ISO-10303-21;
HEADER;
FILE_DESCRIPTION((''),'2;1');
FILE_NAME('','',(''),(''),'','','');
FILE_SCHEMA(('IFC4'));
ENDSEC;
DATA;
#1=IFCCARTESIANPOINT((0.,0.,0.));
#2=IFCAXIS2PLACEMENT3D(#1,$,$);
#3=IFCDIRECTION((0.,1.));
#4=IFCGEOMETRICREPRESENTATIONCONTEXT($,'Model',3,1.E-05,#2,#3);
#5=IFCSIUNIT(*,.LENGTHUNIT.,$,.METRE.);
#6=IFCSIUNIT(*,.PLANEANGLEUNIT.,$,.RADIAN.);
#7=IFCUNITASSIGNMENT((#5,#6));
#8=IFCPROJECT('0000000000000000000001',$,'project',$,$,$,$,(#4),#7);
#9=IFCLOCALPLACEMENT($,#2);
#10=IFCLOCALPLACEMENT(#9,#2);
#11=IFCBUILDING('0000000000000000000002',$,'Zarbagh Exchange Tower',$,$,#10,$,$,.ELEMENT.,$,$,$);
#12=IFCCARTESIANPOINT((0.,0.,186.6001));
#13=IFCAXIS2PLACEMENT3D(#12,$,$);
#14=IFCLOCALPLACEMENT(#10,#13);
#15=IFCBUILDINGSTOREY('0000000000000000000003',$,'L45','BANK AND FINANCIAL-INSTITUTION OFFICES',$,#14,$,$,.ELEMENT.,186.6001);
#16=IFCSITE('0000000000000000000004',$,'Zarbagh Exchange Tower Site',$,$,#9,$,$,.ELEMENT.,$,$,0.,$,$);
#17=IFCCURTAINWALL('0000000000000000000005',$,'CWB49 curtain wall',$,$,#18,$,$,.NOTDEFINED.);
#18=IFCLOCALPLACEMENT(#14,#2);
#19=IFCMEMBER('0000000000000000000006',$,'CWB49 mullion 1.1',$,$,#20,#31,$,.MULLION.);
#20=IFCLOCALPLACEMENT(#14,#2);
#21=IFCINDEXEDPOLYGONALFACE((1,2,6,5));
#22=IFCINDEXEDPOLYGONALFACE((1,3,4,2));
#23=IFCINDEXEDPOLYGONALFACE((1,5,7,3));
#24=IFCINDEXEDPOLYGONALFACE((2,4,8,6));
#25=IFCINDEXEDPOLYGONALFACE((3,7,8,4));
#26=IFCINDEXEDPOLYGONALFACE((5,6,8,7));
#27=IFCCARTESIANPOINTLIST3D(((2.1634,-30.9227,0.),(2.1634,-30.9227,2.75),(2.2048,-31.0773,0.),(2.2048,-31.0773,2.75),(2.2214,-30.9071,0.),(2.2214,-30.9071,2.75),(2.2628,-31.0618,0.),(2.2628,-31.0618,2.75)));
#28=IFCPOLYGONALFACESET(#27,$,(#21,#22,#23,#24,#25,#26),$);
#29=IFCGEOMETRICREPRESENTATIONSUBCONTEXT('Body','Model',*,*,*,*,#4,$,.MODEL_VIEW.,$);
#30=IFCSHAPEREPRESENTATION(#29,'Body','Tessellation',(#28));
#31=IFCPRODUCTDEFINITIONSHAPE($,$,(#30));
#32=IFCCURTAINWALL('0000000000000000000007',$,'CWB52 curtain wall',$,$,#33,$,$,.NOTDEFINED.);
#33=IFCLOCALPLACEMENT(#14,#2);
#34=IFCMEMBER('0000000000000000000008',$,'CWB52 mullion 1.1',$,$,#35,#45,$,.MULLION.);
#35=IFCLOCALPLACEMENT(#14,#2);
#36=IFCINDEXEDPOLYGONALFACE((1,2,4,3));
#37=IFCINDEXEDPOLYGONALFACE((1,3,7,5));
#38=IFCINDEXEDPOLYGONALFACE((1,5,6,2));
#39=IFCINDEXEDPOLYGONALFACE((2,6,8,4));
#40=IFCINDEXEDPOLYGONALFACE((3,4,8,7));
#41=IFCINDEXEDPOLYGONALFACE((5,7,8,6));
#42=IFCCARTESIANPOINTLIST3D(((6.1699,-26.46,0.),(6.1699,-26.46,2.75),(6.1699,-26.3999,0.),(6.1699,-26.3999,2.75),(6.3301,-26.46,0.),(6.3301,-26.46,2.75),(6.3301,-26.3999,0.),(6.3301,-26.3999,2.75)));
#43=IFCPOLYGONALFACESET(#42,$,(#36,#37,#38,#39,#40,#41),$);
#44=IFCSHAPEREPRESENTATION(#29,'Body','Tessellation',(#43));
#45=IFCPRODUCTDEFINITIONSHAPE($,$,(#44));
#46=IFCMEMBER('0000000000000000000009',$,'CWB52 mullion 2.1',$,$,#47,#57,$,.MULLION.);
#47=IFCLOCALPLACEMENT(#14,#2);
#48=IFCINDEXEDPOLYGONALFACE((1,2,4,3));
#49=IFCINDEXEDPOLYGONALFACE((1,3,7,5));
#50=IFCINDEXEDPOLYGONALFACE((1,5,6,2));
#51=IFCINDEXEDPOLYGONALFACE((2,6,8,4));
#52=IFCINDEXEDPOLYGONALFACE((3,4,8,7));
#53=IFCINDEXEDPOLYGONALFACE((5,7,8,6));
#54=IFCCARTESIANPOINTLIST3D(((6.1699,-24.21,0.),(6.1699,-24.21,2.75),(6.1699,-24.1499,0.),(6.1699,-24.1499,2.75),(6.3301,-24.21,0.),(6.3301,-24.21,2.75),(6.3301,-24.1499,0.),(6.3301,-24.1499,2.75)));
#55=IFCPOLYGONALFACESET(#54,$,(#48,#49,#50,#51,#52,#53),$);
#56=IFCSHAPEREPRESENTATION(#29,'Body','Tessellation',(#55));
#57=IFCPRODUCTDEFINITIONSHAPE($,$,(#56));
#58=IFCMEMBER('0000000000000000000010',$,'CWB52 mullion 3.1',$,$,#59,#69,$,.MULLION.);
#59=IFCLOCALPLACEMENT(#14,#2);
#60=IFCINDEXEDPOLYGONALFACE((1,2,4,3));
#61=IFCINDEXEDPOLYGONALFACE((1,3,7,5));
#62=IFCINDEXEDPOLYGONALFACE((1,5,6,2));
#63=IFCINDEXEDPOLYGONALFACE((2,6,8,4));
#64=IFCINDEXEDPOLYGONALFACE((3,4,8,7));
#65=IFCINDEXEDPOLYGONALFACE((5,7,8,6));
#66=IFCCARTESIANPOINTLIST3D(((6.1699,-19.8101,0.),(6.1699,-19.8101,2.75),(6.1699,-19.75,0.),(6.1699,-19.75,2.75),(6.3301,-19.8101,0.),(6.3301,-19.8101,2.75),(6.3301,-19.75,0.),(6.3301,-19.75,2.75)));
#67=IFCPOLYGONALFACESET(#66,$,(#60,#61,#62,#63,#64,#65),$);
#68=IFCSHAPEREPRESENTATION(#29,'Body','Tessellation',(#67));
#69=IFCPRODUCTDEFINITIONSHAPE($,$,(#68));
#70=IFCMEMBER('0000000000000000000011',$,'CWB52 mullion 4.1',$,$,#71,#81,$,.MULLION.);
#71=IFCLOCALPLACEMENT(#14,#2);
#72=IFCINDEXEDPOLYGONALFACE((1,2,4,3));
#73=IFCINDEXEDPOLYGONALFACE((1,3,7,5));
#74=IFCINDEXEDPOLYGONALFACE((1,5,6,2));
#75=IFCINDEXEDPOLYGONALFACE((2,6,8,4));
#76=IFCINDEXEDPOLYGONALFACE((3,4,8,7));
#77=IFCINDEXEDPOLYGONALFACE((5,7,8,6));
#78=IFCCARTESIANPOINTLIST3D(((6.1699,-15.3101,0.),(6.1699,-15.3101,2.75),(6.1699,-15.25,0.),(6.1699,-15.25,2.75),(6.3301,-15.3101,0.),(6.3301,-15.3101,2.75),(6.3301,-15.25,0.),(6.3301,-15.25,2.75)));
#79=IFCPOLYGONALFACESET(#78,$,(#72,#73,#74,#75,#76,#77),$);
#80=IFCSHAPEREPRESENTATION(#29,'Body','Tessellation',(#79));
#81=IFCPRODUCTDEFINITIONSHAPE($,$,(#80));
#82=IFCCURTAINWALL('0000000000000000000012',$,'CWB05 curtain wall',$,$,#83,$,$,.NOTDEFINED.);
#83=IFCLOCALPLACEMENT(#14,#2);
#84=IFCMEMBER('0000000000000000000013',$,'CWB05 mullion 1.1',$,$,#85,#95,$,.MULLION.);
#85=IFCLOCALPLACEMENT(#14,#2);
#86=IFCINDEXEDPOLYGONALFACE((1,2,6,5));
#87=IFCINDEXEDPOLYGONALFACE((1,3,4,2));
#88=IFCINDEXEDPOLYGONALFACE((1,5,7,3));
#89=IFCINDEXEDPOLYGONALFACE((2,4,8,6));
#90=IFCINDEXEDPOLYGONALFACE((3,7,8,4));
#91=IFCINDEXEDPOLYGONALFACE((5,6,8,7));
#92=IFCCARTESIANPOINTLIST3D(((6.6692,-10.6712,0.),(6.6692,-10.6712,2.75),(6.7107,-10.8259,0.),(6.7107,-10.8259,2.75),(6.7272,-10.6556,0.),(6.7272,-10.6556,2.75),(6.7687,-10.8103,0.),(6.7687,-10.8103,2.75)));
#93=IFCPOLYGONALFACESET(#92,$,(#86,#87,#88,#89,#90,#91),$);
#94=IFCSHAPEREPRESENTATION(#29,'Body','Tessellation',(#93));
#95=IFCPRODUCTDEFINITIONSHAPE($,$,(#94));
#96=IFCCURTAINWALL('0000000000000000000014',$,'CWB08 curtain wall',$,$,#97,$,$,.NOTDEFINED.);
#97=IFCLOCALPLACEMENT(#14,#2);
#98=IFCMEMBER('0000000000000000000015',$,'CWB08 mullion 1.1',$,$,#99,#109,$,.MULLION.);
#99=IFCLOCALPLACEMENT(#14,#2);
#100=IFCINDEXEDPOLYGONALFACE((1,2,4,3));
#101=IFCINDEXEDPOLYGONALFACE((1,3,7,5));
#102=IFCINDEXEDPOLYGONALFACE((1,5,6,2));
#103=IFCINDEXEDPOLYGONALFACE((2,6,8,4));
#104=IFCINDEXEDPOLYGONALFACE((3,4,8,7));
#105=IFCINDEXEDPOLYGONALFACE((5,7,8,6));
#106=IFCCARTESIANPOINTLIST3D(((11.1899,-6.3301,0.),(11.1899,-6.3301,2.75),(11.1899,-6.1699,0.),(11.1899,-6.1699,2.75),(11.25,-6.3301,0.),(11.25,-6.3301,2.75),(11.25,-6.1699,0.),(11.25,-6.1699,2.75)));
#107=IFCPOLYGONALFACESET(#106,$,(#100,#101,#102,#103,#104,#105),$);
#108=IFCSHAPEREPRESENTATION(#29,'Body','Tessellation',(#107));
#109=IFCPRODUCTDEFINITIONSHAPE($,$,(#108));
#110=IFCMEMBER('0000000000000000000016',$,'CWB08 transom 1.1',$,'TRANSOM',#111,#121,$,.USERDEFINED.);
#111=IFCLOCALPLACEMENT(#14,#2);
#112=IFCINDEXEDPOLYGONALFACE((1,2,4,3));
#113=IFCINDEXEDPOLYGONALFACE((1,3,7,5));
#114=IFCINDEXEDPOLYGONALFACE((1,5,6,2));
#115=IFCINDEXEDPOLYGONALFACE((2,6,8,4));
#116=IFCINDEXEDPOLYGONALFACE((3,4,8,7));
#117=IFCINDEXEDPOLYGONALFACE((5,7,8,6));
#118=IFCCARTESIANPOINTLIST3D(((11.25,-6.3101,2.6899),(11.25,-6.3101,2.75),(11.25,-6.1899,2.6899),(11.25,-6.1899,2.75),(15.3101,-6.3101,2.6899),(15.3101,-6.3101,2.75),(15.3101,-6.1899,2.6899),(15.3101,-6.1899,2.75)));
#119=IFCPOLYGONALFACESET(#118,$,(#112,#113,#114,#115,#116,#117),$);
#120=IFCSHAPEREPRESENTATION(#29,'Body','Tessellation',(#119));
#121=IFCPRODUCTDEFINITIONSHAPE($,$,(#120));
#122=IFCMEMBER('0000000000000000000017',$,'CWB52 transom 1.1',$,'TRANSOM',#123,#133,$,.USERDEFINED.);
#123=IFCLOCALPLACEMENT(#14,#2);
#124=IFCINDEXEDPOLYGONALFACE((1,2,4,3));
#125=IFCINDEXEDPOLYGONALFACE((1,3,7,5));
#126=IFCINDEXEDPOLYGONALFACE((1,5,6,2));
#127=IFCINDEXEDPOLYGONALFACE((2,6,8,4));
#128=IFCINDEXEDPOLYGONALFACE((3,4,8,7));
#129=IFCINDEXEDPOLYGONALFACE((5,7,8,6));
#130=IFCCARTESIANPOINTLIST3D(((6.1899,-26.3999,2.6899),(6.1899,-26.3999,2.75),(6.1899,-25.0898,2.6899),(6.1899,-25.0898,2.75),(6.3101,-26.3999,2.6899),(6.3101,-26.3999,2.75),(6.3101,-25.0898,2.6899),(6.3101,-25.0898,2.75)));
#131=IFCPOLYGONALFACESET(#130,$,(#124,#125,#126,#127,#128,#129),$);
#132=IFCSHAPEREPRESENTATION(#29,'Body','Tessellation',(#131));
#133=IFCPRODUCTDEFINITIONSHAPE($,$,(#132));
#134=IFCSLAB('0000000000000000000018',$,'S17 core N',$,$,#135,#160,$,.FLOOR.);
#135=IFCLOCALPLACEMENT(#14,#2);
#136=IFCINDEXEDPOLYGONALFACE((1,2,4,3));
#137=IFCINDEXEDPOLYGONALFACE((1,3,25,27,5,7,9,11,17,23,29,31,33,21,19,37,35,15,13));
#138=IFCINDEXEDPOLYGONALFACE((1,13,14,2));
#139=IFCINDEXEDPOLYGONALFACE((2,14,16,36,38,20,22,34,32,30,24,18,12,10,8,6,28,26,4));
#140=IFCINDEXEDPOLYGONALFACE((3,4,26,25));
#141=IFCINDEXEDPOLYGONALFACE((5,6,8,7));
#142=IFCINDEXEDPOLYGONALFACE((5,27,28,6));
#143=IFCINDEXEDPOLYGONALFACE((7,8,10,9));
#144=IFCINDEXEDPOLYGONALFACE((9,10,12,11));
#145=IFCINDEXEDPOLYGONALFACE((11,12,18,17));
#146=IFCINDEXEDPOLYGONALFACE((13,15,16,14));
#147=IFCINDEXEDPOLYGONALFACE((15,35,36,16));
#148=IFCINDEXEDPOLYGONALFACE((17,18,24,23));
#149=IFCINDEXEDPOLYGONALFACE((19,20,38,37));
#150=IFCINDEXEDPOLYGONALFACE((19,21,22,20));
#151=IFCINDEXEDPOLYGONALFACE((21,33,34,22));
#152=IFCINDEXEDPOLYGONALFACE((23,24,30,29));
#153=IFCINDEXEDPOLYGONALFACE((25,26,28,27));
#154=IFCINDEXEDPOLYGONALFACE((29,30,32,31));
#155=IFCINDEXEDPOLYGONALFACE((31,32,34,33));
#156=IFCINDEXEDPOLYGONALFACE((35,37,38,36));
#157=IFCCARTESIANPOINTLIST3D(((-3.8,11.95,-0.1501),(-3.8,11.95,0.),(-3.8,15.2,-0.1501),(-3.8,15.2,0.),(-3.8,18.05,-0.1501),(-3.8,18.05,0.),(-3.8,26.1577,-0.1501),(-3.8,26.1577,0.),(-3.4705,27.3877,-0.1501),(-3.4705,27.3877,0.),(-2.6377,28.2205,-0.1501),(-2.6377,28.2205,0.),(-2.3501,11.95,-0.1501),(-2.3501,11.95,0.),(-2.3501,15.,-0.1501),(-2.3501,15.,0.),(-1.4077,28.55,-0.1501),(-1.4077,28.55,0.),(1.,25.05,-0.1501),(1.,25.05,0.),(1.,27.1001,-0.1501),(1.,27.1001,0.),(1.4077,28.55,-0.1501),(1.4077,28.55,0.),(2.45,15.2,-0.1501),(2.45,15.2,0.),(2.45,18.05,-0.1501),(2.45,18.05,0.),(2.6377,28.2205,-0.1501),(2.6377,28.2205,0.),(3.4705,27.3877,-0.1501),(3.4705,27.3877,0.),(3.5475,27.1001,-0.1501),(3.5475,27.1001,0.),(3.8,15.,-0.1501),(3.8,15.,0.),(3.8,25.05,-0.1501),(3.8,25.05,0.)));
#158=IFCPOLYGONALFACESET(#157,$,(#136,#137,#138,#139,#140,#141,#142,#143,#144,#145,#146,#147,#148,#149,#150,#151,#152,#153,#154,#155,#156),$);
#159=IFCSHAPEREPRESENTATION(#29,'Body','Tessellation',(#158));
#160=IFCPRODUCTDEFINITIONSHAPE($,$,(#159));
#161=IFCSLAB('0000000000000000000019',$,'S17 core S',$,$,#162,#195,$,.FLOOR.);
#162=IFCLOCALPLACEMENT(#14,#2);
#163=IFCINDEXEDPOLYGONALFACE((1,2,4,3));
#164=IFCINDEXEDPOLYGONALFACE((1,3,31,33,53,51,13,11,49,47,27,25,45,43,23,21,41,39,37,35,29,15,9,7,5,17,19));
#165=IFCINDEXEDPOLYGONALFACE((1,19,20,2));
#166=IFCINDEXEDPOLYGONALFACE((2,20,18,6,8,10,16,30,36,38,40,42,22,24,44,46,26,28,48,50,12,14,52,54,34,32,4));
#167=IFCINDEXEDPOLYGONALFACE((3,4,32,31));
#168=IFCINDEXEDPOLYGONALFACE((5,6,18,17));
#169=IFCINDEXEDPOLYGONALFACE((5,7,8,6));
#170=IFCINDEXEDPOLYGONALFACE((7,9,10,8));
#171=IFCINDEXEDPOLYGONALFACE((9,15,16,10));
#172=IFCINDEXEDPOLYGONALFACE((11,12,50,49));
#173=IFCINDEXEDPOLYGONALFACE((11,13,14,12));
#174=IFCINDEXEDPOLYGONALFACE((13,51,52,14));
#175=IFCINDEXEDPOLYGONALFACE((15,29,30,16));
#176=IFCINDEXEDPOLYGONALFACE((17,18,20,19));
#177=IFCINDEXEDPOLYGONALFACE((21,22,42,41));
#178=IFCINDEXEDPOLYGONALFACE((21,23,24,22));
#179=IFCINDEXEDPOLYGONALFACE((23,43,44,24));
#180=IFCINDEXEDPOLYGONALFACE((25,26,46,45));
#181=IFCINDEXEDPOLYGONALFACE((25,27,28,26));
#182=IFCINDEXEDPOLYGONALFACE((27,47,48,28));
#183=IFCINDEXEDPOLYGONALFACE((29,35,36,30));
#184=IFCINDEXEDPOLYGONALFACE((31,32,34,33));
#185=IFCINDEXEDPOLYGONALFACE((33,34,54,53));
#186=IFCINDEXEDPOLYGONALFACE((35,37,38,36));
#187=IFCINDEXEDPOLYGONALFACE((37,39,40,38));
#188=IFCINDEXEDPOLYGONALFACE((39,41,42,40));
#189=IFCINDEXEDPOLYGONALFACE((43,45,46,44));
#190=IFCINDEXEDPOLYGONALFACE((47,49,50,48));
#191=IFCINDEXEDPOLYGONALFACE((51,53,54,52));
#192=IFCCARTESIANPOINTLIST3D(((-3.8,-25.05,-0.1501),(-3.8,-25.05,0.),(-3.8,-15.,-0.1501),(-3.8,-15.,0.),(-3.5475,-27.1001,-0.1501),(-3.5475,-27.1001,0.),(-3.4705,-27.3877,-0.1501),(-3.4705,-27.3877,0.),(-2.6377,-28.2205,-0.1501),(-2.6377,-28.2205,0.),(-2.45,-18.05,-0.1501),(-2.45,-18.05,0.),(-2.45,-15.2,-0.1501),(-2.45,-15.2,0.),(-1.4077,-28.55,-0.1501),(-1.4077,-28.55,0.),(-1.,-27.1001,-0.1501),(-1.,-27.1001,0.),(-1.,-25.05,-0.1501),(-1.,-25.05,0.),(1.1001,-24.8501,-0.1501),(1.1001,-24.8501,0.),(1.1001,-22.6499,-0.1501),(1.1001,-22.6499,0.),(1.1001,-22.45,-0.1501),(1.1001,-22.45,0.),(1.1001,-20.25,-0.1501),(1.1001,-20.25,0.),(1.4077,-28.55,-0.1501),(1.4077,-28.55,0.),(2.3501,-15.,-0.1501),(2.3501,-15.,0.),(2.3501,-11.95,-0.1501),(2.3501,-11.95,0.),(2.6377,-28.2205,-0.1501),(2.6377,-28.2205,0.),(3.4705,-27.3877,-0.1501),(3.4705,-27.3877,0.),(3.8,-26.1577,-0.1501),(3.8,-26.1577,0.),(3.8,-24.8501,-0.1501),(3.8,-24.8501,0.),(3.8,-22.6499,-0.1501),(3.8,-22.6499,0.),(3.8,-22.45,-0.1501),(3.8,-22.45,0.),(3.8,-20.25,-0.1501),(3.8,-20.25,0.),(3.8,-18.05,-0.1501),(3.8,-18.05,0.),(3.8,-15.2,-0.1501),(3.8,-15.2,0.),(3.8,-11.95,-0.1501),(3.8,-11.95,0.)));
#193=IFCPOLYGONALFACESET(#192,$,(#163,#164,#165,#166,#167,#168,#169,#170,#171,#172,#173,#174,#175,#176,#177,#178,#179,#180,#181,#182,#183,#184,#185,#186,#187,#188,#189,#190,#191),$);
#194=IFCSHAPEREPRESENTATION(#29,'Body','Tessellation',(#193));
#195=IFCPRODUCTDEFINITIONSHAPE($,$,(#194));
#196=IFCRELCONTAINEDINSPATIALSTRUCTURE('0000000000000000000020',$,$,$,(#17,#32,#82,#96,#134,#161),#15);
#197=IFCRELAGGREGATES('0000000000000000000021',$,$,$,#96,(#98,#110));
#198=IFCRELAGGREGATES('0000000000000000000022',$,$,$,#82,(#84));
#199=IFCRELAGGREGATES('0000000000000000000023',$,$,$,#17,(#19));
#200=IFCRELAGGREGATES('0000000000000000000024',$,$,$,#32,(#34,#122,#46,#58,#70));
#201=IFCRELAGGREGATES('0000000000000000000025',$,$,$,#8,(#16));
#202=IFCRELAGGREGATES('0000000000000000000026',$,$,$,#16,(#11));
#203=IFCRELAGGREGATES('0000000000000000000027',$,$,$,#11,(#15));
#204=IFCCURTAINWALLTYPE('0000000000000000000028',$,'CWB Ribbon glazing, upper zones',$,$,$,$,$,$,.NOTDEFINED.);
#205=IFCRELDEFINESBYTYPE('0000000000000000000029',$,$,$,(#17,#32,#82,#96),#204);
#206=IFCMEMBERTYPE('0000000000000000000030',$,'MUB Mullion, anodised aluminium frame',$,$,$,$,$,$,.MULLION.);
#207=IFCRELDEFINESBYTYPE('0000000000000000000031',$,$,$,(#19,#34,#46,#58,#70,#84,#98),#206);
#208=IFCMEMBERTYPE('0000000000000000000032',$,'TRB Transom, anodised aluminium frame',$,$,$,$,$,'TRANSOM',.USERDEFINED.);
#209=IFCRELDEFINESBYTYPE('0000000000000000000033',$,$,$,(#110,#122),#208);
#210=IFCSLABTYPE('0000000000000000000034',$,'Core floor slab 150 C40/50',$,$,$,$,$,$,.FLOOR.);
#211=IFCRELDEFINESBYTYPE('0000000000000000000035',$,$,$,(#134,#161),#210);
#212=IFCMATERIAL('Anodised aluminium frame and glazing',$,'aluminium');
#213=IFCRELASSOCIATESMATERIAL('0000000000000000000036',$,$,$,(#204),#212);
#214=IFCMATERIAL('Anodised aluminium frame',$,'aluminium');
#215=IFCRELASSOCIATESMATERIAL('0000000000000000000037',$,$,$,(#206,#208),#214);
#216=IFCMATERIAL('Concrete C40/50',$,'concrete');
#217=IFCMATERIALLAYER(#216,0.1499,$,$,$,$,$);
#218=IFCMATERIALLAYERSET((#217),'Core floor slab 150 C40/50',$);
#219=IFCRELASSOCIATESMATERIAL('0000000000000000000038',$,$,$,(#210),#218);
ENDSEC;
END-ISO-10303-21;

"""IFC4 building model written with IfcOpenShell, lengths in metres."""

from ifc_helpers import new_model, si_unit, direction, frame, origin, place, context, subcontext, project, spatial, polyline, outline, extrude, source, transform, mapped, material, layer, layer_set, type_object, element, aggregate, save


model = new_model("IFC4")

# Units and contexts
model_context = context("Model", 3, precision=1e-05, world=origin(), true_north=direction((0.0, 1.0)))
body_context = subcontext(model_context, "Body", "Model", "MODEL_VIEW")
ifc_project = project(units=[si_unit("LENGTHUNIT", "METRE"), si_unit("PLANEANGLEUNIT", "RADIAN")], contexts=[model_context])

# Site, building, storey
site_placement = place(None, origin())
site = spatial("IfcSite", under=ifc_project, at=site_placement, Name="Zarbagh Exchange Tower Site", CompositionType="ELEMENT", RefElevation=0.0)
building_placement = place(site_placement, origin())
building = spatial("IfcBuilding", under=site, at=building_placement, Name="Zarbagh Exchange Tower", CompositionType="ELEMENT")
storey_placement = place(building_placement, frame((0.0, 0.0, 186.6001)))
storey = spatial("IfcBuildingStorey", under=building, at=storey_placement, Name="L45", Description="BANK AND FINANCIAL-INSTITUTION OFFICES", CompositionType="ELEMENT", Elevation=186.6001)

# Curtain wall, member
ifc_material_1 = material(Name="Anodised aluminium frame and glazing", Category="aluminium")
curtain_wall_type = type_object("IfcCurtainWallType", Name="CWB Ribbon glazing, upper zones", PredefinedType="NOTDEFINED", material=ifc_material_1)
curtain_wall_1_placement = place(storey_placement, origin())
curtain_wall_1 = element("IfcCurtainWall", 1, at=curtain_wall_1_placement, inside=storey, type_object=curtain_wall_type, Name="CWB49 curtain wall", PredefinedType="NOTDEFINED")
ifc_material_2 = material(Name="Anodised aluminium frame", Category="aluminium")
member_type_1 = type_object("IfcMemberType", Name="MUB Mullion, anodised aluminium frame", PredefinedType="MULLION", material=ifc_material_2)
shared_shape_1 = source(origin(), body_context, "Body", "SweptSolid", [
    extrude(outline(polyline([(0.0, -0.0801), (0.0601, -0.0801), (0.0601, 0.0801), (0.0, 0.0801), (0.0, -0.0801)])), origin(), (0.0, 0.0, 1.0), 2.75),
])
placement = place(storey_placement, origin())
member_1 = element("IfcMember", 2, at=placement, type_object=member_type_1, Name="CWB49 mullion 1.1", PredefinedType="MULLION", context=body_context, shape_type="MappedRepresentation", body=[
    mapped(shared_shape_1, transform((2.1841, -31.0, 0.0), x_axis=(0.965924, 0.258825, 0.0), y_axis=(-0.258825, 0.965924, 0.0), z_axis=(0.0, 0.0, 1.0))),
])

# Curtain wall, members
curtain_wall_2_placement = place(storey_placement, origin())
curtain_wall_2 = element("IfcCurtainWall", 3, at=curtain_wall_2_placement, inside=storey, type_object=curtain_wall_type, Name="CWB52 curtain wall", PredefinedType="NOTDEFINED")
member_2 = element("IfcMember", 4, at=placement, type_object=member_type_1, Name="CWB52 mullion 1.1", PredefinedType="MULLION", context=body_context, shape_type="MappedRepresentation", body=[
    mapped(shared_shape_1, transform((6.25, -26.46, 0.0), x_axis=(0.0, 1.0, 0.0), y_axis=(-1.0, 0.0, 0.0), z_axis=(0.0, 0.0, 1.0))),
])
member_3 = element("IfcMember", 5, at=placement, type_object=member_type_1, Name="CWB52 mullion 2.1", PredefinedType="MULLION", context=body_context, shape_type="MappedRepresentation", body=[
    mapped(shared_shape_1, transform((6.25, -24.21, 0.0), x_axis=(0.0, 1.0, 0.0), y_axis=(-1.0, 0.0, 0.0), z_axis=(0.0, 0.0, 1.0))),
])
member_4 = element("IfcMember", 6, at=placement, type_object=member_type_1, Name="CWB52 mullion 3.1", PredefinedType="MULLION", context=body_context, shape_type="MappedRepresentation", body=[
    mapped(shared_shape_1, transform((6.25, -19.8101, 0.0), x_axis=(0.0, 1.0, 0.0), y_axis=(-1.0, 0.0, 0.0), z_axis=(0.0, 0.0, 1.0))),
])
member_5 = element("IfcMember", 7, at=placement, type_object=member_type_1, Name="CWB52 mullion 4.1", PredefinedType="MULLION", context=body_context, shape_type="MappedRepresentation", body=[
    mapped(shared_shape_1, transform((6.25, -15.3101, 0.0), x_axis=(0.0, 1.0, 0.0), y_axis=(-1.0, 0.0, 0.0), z_axis=(0.0, 0.0, 1.0))),
])

# Curtain wall, member
curtain_wall_3_placement = place(storey_placement, origin())
curtain_wall_3 = element("IfcCurtainWall", 8, at=curtain_wall_3_placement, inside=storey, type_object=curtain_wall_type, Name="CWB05 curtain wall", PredefinedType="NOTDEFINED")
member_6 = element("IfcMember", 9, at=placement, type_object=member_type_1, Name="CWB05 mullion 1.1", PredefinedType="MULLION", context=body_context, shape_type="MappedRepresentation", body=[
    mapped(shared_shape_1, transform((6.6899, -10.7485, 0.0), x_axis=(0.965924, 0.258825, 0.0), y_axis=(-0.258825, 0.965924, 0.0), z_axis=(0.0, 0.0, 1.0))),
])

# Curtain wall, members
curtain_wall_4_placement = place(storey_placement, origin())
curtain_wall_4 = element("IfcCurtainWall", 10, at=curtain_wall_4_placement, inside=storey, type_object=curtain_wall_type, Name="CWB08 curtain wall", PredefinedType="NOTDEFINED")
member_7 = element("IfcMember", 11, at=placement, type_object=member_type_1, Name="CWB08 mullion 1.1", PredefinedType="MULLION", context=body_context, shape_type="MappedRepresentation", body=[
    mapped(shared_shape_1, transform((11.1899, -6.25, 0.0), x_axis=(1.0, 0.0, 0.0), y_axis=(0.0, 1.0, 0.0), z_axis=(0.0, 0.0, 1.0))),
])
member_type_2 = type_object("IfcMemberType", Name="TRB Transom, anodised aluminium frame", ElementType="TRANSOM", PredefinedType="USERDEFINED", material=ifc_material_2)
shared_shape_2 = source(origin(), body_context, "Body", "SweptSolid", [
    extrude(outline(polyline([(-0.0601, -0.0601), (0.0, -0.0601), (0.0, 0.0601), (-0.0601, 0.0601), (-0.0601, -0.0601)])), origin(), (0.0, 0.0, 1.0), 4.0601),
])
member_8 = element("IfcMember", 12, at=placement, type_object=member_type_2, Name="CWB08 transom 1.1", ObjectType="TRANSOM", PredefinedType="USERDEFINED", context=body_context, shape_type="MappedRepresentation", body=[
    mapped(shared_shape_2, transform((11.25, -6.25, 2.75), x_axis=(0.0, 0.0, 1.0), y_axis=(0.0, -1.0, 0.0), z_axis=(1.0, 0.0, 0.0))),
])
aggregate(curtain_wall_4, [member_7, member_8])

# Member
shared_shape_3 = source(origin(), body_context, "Body", "SweptSolid", [
    extrude(outline(polyline([(-0.0601, -0.0601), (0.0, -0.0601), (0.0, 0.0601), (-0.0601, 0.0601), (-0.0601, -0.0601)])), origin(), (0.0, 0.0, 1.0), 1.3101),
])
member_9 = element("IfcMember", 13, at=placement, type_object=member_type_2, Name="CWB52 transom 1.1", ObjectType="TRANSOM", PredefinedType="USERDEFINED", context=body_context, shape_type="MappedRepresentation", body=[
    mapped(shared_shape_3, transform((6.25, -26.3999, 2.75), x_axis=(0.0, 0.0, 1.0), y_axis=(1.0, 0.0, 0.0), z_axis=(0.0, 1.0, 0.0))),
])

# Slabs
ifc_material_3 = material(Name="Concrete C40/50", Category="concrete")
ifc_layer_1 = layer(ifc_material_3, 0.1499)
ifc_layer_set_1 = layer_set([ifc_layer_1], Name="Core floor slab 150 C40/50")
slab_type = type_object("IfcSlabType", Name="Core floor slab 150 C40/50", PredefinedType="FLOOR", material=ifc_layer_set_1)
slab_1_placement = place(storey_placement, frame((0.0, 0.0, -0.1501)))
element("IfcSlab", 14, at=slab_1_placement, inside=storey, type_object=slab_type, Name="S17 core N", PredefinedType="FLOOR", context=body_context, shape_type="SweptSolid", body=[
    extrude(outline(polyline([(-3.8, 11.95), (-3.8, 15.2), (2.45, 15.2), (2.45, 18.05), (-3.8, 18.05), (-3.8, 26.1577), (-3.4705, 27.3877), (-2.6377, 28.2205), (-1.4077, 28.55), (1.4077, 28.55), (2.6377, 28.2205), (3.4705, 27.3877), (3.8, 26.1577), (3.8, 26.1577), (3.5476, 27.1001), (1.0, 27.1001), (1.0, 25.05), (3.8, 25.05), (3.8, 15.0), (-2.3501, 15.0), (-2.3501, 11.95), (-3.8, 11.95)])), origin(), (0.0, 0.0, 1.0), 0.1501),
])
slab_2_placement = place(storey_placement, frame((0.0, 0.0, -0.1501)))
element("IfcSlab", 15, at=slab_2_placement, inside=storey, type_object=slab_type, Name="S17 core S", PredefinedType="FLOOR", context=body_context, shape_type="SweptSolid", body=[
    extrude(outline(polyline([(-2.6377, -28.2205), (-3.4705, -27.3877), (-3.8, -26.1577), (-3.8, -26.1577), (-3.5476, -27.1001), (-1.0, -27.1001), (-1.0, -25.05), (-3.8, -25.05), (-3.8, -15.0), (2.3501, -15.0), (2.3501, -11.95), (3.8, -11.95), (3.8, -15.2), (-2.45, -15.2), (-2.45, -18.05), (3.8, -18.05), (3.8, -20.25), (1.1001, -20.25), (1.1001, -22.45), (3.8, -22.45), (3.8, -22.6499), (1.1001, -22.6499), (1.1001, -24.8501), (3.8, -24.8501), (3.8, -26.1577), (3.4705, -27.3877), (2.6377, -28.2205), (1.4077, -28.55), (-1.4077, -28.55), (-2.6377, -28.2205)])), origin(), (0.0, 0.0, 1.0), 0.1501),
])

aggregate(curtain_wall_3, [member_6])

aggregate(curtain_wall_1, [member_1])

aggregate(curtain_wall_2, [member_2, member_9, member_3, member_4, member_5])

save(model, "model.ifc")
